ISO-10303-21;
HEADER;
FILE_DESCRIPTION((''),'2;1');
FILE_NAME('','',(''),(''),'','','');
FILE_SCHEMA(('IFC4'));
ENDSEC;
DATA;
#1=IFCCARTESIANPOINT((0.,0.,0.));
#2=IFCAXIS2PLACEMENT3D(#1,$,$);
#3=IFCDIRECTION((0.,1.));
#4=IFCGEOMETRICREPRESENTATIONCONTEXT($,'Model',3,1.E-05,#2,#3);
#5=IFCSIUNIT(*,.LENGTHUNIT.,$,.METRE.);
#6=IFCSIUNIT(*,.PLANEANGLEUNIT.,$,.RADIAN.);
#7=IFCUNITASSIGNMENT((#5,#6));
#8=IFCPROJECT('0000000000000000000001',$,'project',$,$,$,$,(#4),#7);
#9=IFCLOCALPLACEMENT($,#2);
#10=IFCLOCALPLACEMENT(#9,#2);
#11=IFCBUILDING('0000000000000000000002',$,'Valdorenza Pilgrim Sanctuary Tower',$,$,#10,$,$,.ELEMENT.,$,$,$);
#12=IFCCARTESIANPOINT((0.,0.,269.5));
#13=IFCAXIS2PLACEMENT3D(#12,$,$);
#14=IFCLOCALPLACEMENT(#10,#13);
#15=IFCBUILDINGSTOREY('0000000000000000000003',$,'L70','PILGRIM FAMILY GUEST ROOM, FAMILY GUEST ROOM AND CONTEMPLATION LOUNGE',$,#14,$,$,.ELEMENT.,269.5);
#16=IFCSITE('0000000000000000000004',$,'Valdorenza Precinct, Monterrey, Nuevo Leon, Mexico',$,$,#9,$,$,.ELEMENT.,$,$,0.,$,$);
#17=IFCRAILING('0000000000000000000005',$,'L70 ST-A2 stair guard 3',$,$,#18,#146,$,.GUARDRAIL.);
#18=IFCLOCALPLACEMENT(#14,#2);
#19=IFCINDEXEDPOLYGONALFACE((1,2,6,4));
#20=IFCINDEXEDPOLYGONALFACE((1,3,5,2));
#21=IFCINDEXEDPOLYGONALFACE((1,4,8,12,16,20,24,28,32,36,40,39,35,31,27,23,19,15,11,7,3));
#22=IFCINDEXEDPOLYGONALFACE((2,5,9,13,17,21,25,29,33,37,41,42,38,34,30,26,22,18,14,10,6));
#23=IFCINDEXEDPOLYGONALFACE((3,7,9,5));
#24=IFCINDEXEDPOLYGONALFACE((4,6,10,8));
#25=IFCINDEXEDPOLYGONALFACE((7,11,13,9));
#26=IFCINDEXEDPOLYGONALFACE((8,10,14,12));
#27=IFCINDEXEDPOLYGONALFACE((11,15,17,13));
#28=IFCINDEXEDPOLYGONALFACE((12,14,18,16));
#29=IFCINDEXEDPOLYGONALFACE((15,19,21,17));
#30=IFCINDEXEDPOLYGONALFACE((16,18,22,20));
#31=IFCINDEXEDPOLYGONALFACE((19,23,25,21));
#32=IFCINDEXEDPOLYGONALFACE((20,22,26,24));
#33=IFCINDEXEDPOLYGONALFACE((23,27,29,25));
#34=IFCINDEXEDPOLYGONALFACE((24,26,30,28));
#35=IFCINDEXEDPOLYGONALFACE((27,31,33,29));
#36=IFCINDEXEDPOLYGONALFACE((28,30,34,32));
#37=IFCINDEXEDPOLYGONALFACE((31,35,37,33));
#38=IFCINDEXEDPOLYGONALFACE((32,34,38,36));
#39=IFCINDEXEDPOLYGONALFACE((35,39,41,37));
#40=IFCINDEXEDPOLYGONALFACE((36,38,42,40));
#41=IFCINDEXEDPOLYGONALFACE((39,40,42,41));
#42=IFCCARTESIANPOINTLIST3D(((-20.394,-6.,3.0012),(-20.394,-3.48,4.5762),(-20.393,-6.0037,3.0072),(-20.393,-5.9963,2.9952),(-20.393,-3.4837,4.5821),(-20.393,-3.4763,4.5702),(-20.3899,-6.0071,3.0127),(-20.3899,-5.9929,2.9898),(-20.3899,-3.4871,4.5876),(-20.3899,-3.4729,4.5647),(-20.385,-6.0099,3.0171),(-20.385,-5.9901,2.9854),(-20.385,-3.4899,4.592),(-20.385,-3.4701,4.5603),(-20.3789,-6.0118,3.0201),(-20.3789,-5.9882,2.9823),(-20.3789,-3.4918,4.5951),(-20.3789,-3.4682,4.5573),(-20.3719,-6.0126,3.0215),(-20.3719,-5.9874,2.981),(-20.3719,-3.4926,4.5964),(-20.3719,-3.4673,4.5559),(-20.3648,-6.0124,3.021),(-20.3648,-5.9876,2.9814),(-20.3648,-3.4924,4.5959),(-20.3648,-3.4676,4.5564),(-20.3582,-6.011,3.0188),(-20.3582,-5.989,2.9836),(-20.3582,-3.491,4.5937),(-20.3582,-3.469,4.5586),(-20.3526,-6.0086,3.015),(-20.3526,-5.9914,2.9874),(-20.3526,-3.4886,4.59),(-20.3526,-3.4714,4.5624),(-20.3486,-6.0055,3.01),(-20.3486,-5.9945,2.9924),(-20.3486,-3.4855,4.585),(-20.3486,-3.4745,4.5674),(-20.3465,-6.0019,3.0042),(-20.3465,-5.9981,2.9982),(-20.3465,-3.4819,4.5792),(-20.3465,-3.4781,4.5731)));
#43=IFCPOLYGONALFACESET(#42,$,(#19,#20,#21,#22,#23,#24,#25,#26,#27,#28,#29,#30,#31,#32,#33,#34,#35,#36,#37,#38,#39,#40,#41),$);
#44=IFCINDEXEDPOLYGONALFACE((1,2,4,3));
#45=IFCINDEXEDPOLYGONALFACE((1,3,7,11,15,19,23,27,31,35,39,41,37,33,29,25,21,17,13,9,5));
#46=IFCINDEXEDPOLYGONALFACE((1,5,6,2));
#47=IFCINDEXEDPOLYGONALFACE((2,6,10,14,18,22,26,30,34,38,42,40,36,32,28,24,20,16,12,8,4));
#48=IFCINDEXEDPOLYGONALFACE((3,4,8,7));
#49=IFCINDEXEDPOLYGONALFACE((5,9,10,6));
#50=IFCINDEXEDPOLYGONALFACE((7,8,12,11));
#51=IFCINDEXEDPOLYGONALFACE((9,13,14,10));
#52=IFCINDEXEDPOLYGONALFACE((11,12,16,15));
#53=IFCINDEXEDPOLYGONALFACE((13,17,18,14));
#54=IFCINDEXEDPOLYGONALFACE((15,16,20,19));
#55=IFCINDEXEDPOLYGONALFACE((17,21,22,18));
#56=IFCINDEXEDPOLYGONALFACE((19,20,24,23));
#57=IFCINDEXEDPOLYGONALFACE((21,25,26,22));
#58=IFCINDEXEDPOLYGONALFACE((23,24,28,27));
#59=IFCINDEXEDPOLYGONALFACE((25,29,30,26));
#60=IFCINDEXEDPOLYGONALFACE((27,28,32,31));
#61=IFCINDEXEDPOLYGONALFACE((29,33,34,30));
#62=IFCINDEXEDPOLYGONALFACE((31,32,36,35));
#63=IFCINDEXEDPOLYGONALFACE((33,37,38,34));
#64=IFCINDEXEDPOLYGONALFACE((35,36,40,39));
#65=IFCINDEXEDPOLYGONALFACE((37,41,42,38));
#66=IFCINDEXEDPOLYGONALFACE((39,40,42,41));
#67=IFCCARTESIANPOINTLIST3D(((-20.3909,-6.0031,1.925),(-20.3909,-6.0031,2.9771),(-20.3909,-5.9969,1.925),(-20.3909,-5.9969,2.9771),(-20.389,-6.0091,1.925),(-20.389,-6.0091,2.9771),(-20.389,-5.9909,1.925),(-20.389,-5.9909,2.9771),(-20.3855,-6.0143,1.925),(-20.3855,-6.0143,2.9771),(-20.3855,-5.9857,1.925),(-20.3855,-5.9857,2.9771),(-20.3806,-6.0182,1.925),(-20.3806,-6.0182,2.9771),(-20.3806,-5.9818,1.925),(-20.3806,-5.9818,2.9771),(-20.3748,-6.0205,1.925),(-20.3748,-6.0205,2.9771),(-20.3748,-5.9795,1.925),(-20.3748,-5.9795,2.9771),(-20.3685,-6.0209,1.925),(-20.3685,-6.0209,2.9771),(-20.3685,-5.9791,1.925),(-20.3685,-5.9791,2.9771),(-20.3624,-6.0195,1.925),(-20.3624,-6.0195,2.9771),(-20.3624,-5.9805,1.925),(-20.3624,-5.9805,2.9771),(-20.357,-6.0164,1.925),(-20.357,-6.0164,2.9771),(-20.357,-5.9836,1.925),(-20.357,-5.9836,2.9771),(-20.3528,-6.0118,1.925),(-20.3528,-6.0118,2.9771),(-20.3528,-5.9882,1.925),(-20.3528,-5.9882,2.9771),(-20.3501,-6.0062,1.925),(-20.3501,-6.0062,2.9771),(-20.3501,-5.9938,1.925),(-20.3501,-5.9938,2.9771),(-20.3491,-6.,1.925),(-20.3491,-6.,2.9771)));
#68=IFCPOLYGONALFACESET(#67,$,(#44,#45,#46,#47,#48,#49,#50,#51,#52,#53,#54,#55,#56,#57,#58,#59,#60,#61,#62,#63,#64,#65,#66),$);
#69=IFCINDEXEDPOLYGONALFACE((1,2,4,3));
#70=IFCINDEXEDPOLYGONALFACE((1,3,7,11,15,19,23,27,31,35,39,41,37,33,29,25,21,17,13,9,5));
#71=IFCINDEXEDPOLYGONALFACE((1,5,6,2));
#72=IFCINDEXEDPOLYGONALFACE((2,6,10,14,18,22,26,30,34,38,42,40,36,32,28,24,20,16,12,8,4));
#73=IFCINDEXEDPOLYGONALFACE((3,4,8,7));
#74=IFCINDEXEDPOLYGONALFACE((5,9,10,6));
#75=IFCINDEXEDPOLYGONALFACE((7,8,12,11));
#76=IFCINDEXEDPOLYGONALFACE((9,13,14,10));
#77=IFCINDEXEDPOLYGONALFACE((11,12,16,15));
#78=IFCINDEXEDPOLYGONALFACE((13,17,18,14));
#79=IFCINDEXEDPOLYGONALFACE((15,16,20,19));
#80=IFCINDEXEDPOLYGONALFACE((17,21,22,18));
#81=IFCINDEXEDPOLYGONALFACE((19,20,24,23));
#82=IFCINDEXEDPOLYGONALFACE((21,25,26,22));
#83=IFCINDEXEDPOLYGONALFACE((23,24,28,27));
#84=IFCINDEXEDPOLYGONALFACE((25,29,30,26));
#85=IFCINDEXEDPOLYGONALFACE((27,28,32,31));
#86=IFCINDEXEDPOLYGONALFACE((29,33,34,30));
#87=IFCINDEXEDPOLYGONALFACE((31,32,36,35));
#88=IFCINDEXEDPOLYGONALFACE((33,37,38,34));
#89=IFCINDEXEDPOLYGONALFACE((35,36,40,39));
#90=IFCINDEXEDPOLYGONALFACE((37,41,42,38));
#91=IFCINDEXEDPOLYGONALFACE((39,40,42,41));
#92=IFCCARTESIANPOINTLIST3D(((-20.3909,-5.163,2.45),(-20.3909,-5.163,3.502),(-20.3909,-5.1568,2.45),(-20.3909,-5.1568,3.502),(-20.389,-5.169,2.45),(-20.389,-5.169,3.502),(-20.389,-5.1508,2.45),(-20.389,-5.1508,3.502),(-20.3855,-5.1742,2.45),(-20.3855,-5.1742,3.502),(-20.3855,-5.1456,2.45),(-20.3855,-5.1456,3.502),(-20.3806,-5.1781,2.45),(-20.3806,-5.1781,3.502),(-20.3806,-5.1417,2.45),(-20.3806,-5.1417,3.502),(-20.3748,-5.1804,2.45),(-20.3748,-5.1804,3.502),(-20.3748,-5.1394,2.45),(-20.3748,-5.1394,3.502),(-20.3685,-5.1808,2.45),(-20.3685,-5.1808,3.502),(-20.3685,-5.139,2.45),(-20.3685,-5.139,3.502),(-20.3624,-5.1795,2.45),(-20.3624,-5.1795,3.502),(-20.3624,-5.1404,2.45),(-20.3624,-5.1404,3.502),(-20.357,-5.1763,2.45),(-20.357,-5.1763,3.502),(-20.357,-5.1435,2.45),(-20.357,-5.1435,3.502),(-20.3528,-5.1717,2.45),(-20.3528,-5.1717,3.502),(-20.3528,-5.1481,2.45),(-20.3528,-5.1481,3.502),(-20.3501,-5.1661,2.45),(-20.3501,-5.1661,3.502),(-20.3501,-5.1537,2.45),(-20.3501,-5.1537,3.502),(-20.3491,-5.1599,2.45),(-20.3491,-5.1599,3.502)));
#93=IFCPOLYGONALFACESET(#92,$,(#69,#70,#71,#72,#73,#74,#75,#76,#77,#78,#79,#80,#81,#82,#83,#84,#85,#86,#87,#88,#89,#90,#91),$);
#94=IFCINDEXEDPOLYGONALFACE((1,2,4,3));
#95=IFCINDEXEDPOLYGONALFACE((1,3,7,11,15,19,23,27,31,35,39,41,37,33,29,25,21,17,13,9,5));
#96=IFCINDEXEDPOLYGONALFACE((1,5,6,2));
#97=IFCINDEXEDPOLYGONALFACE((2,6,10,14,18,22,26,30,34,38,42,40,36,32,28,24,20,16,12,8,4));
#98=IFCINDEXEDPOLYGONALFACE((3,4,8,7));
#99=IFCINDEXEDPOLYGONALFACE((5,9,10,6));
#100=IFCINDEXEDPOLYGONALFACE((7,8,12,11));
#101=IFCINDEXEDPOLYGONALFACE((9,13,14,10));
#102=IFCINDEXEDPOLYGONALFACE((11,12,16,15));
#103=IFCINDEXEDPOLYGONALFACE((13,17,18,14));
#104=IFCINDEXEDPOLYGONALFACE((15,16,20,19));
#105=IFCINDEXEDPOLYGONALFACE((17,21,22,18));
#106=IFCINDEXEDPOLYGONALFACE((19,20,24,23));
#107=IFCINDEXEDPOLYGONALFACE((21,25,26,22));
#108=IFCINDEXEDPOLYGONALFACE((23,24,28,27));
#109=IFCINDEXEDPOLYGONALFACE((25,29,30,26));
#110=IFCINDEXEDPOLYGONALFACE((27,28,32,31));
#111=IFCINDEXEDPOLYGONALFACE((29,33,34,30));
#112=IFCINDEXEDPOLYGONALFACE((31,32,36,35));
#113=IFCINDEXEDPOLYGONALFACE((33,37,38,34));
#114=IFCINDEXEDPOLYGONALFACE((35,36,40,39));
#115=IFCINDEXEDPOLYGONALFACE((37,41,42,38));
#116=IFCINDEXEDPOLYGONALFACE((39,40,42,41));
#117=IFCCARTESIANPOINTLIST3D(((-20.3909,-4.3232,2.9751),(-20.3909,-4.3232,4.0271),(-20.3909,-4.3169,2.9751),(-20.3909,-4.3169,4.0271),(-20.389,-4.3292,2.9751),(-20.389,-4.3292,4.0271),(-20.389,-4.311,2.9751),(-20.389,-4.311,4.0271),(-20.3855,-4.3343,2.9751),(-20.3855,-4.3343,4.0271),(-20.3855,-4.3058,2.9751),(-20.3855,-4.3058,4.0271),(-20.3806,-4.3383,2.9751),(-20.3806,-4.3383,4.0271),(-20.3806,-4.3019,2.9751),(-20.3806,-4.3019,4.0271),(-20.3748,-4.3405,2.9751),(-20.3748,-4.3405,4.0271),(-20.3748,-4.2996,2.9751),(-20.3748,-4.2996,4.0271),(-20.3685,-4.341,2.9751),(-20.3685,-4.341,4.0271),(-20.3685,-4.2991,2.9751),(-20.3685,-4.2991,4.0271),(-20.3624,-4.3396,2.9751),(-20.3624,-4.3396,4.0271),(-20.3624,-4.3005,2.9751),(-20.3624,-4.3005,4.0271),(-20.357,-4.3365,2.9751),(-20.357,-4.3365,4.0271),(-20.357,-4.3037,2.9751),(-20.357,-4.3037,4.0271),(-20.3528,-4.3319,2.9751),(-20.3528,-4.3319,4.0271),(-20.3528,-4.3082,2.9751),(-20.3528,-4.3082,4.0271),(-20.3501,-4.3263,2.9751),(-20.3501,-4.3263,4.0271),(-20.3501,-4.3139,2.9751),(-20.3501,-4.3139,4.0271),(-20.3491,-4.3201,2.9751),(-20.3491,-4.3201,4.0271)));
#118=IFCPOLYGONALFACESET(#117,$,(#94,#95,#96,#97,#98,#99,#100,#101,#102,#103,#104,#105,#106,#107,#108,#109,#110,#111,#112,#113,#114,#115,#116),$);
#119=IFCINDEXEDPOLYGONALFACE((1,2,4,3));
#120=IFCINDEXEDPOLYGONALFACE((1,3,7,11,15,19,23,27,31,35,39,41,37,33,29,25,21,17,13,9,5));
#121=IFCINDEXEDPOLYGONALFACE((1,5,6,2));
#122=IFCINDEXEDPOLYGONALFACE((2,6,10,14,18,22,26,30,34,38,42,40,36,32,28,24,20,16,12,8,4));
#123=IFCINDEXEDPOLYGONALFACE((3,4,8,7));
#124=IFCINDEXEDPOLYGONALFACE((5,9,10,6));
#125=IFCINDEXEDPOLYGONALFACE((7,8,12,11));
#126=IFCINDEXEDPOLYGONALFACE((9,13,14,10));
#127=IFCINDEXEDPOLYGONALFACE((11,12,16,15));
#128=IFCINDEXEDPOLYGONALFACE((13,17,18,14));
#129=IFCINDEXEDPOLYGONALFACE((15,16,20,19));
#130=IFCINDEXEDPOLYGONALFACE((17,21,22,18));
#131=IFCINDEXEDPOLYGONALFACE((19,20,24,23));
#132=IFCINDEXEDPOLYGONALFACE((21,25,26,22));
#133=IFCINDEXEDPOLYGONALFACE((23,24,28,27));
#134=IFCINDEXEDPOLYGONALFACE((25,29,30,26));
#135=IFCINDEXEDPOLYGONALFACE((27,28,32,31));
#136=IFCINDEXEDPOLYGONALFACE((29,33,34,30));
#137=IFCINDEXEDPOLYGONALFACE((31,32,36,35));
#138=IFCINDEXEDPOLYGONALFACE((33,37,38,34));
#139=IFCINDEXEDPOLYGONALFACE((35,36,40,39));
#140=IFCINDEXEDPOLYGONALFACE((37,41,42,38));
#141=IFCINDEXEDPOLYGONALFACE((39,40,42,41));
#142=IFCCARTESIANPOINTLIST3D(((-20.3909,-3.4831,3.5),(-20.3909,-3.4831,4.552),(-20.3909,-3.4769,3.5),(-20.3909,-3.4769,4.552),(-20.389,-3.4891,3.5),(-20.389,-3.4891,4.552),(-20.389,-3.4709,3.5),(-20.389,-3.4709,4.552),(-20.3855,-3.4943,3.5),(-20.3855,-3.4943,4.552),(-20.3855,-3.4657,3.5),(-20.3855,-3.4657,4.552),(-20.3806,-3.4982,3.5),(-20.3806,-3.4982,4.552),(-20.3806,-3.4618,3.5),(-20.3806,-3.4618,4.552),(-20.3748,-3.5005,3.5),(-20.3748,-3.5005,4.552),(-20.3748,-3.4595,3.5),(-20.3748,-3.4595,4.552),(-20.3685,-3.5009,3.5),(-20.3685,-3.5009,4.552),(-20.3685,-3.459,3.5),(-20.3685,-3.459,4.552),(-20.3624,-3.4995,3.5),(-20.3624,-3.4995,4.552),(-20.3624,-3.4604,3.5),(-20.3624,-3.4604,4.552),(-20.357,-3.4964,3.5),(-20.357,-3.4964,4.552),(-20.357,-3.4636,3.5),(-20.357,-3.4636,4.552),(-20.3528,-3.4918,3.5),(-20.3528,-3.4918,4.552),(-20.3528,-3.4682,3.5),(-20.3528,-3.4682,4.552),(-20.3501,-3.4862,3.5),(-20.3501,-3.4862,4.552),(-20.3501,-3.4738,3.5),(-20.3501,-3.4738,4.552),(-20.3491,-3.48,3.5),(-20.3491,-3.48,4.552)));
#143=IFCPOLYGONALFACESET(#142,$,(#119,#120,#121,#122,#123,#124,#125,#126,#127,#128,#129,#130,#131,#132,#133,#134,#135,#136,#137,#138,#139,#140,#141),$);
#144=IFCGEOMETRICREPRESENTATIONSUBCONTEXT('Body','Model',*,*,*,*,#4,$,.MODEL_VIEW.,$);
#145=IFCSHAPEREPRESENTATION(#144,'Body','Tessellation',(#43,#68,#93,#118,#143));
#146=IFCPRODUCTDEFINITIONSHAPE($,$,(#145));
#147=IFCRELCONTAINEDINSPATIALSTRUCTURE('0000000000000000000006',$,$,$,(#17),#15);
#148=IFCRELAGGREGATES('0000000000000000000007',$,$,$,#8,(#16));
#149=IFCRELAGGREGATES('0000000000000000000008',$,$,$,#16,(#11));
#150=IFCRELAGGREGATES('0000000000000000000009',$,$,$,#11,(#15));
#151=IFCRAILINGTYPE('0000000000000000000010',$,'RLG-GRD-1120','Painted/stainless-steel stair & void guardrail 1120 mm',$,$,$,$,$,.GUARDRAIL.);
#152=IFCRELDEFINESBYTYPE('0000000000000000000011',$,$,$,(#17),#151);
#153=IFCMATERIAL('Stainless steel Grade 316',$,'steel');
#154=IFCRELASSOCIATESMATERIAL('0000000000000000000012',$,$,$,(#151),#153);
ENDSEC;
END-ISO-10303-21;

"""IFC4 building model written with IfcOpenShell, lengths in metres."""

from ifc_helpers import new_model, si_unit, direction, frame, origin, origin_2d, place, context, subcontext, project, spatial, circle, extrude, material, type_object, element, save


model = new_model("IFC4")

# Units and contexts
model_context = context("Model", 3, precision=1e-05, world=origin(), true_north=direction((0.0, 1.0)))
body_context = subcontext(model_context, "Body", "Model", "MODEL_VIEW")
ifc_project = project(units=[si_unit("LENGTHUNIT", "METRE"), si_unit("PLANEANGLEUNIT", "RADIAN")], contexts=[model_context])

# Site, building, storey
site_placement = place(None, origin())
site = spatial("IfcSite", under=ifc_project, at=site_placement, Name="Valdorenza Precinct, Monterrey, Nuevo Leon, Mexico", CompositionType="ELEMENT", RefElevation=0.0)
building_placement = place(site_placement, origin())
building = spatial("IfcBuilding", under=site, at=building_placement, Name="Valdorenza Pilgrim Sanctuary Tower", CompositionType="ELEMENT")
storey_placement = place(building_placement, frame((0.0, 0.0, 269.5)))
storey = spatial("IfcBuildingStorey", under=building, at=storey_placement, Name="L70", Description="PILGRIM FAMILY GUEST ROOM, FAMILY GUEST ROOM AND CONTEMPLATION LOUNGE", CompositionType="ELEMENT", Elevation=269.5)

# Railing
ifc_material_1 = material(Name="Stainless steel Grade 316", Category="steel")
railing_type_1 = type_object("IfcRailingType", Name="RLG-GRD-1120", Description="Painted/stainless-steel stair & void guardrail 1120 mm", PredefinedType="GUARDRAIL", material=ifc_material_1)
railing_1_placement = place(storey_placement, frame((-20.3701, -6.0, 1.925)))
element("IfcRailing", 1, at=railing_1_placement, inside=storey, type_object=railing_type_1, Name="L70 ST-A2 stair guard 3", PredefinedType="GUARDRAIL", context=body_context, shape_type="SweptSolid", body=[
    extrude(circle(Radius=0.0239, at=origin_2d()), frame((0.0, 0.0, 1.0762), z_axis=(0.0, 0.848008, 0.529984), x_axis=(-1.0, 0.0, 0.0)), (0.0, 0.0, 1.0), 2.9717),
    extrude(circle(Radius=0.021, at=origin_2d()), origin(), (0.0, 0.0, 1.0), 1.052),
    extrude(circle(Radius=0.021, at=origin_2d()), frame((0.0, 0.8401, 0.5249)), (0.0, 0.0, 1.0), 1.052),
    extrude(circle(Radius=0.021, at=origin_2d()), frame((0.0, 1.6799, 1.05)), (0.0, 0.0, 1.0), 1.052),
    extrude(circle(Radius=0.021, at=origin_2d()), frame((0.0, 2.52, 1.575)), (0.0, 0.0, 1.0), 1.052),
])

save(model, "model.ifc")
